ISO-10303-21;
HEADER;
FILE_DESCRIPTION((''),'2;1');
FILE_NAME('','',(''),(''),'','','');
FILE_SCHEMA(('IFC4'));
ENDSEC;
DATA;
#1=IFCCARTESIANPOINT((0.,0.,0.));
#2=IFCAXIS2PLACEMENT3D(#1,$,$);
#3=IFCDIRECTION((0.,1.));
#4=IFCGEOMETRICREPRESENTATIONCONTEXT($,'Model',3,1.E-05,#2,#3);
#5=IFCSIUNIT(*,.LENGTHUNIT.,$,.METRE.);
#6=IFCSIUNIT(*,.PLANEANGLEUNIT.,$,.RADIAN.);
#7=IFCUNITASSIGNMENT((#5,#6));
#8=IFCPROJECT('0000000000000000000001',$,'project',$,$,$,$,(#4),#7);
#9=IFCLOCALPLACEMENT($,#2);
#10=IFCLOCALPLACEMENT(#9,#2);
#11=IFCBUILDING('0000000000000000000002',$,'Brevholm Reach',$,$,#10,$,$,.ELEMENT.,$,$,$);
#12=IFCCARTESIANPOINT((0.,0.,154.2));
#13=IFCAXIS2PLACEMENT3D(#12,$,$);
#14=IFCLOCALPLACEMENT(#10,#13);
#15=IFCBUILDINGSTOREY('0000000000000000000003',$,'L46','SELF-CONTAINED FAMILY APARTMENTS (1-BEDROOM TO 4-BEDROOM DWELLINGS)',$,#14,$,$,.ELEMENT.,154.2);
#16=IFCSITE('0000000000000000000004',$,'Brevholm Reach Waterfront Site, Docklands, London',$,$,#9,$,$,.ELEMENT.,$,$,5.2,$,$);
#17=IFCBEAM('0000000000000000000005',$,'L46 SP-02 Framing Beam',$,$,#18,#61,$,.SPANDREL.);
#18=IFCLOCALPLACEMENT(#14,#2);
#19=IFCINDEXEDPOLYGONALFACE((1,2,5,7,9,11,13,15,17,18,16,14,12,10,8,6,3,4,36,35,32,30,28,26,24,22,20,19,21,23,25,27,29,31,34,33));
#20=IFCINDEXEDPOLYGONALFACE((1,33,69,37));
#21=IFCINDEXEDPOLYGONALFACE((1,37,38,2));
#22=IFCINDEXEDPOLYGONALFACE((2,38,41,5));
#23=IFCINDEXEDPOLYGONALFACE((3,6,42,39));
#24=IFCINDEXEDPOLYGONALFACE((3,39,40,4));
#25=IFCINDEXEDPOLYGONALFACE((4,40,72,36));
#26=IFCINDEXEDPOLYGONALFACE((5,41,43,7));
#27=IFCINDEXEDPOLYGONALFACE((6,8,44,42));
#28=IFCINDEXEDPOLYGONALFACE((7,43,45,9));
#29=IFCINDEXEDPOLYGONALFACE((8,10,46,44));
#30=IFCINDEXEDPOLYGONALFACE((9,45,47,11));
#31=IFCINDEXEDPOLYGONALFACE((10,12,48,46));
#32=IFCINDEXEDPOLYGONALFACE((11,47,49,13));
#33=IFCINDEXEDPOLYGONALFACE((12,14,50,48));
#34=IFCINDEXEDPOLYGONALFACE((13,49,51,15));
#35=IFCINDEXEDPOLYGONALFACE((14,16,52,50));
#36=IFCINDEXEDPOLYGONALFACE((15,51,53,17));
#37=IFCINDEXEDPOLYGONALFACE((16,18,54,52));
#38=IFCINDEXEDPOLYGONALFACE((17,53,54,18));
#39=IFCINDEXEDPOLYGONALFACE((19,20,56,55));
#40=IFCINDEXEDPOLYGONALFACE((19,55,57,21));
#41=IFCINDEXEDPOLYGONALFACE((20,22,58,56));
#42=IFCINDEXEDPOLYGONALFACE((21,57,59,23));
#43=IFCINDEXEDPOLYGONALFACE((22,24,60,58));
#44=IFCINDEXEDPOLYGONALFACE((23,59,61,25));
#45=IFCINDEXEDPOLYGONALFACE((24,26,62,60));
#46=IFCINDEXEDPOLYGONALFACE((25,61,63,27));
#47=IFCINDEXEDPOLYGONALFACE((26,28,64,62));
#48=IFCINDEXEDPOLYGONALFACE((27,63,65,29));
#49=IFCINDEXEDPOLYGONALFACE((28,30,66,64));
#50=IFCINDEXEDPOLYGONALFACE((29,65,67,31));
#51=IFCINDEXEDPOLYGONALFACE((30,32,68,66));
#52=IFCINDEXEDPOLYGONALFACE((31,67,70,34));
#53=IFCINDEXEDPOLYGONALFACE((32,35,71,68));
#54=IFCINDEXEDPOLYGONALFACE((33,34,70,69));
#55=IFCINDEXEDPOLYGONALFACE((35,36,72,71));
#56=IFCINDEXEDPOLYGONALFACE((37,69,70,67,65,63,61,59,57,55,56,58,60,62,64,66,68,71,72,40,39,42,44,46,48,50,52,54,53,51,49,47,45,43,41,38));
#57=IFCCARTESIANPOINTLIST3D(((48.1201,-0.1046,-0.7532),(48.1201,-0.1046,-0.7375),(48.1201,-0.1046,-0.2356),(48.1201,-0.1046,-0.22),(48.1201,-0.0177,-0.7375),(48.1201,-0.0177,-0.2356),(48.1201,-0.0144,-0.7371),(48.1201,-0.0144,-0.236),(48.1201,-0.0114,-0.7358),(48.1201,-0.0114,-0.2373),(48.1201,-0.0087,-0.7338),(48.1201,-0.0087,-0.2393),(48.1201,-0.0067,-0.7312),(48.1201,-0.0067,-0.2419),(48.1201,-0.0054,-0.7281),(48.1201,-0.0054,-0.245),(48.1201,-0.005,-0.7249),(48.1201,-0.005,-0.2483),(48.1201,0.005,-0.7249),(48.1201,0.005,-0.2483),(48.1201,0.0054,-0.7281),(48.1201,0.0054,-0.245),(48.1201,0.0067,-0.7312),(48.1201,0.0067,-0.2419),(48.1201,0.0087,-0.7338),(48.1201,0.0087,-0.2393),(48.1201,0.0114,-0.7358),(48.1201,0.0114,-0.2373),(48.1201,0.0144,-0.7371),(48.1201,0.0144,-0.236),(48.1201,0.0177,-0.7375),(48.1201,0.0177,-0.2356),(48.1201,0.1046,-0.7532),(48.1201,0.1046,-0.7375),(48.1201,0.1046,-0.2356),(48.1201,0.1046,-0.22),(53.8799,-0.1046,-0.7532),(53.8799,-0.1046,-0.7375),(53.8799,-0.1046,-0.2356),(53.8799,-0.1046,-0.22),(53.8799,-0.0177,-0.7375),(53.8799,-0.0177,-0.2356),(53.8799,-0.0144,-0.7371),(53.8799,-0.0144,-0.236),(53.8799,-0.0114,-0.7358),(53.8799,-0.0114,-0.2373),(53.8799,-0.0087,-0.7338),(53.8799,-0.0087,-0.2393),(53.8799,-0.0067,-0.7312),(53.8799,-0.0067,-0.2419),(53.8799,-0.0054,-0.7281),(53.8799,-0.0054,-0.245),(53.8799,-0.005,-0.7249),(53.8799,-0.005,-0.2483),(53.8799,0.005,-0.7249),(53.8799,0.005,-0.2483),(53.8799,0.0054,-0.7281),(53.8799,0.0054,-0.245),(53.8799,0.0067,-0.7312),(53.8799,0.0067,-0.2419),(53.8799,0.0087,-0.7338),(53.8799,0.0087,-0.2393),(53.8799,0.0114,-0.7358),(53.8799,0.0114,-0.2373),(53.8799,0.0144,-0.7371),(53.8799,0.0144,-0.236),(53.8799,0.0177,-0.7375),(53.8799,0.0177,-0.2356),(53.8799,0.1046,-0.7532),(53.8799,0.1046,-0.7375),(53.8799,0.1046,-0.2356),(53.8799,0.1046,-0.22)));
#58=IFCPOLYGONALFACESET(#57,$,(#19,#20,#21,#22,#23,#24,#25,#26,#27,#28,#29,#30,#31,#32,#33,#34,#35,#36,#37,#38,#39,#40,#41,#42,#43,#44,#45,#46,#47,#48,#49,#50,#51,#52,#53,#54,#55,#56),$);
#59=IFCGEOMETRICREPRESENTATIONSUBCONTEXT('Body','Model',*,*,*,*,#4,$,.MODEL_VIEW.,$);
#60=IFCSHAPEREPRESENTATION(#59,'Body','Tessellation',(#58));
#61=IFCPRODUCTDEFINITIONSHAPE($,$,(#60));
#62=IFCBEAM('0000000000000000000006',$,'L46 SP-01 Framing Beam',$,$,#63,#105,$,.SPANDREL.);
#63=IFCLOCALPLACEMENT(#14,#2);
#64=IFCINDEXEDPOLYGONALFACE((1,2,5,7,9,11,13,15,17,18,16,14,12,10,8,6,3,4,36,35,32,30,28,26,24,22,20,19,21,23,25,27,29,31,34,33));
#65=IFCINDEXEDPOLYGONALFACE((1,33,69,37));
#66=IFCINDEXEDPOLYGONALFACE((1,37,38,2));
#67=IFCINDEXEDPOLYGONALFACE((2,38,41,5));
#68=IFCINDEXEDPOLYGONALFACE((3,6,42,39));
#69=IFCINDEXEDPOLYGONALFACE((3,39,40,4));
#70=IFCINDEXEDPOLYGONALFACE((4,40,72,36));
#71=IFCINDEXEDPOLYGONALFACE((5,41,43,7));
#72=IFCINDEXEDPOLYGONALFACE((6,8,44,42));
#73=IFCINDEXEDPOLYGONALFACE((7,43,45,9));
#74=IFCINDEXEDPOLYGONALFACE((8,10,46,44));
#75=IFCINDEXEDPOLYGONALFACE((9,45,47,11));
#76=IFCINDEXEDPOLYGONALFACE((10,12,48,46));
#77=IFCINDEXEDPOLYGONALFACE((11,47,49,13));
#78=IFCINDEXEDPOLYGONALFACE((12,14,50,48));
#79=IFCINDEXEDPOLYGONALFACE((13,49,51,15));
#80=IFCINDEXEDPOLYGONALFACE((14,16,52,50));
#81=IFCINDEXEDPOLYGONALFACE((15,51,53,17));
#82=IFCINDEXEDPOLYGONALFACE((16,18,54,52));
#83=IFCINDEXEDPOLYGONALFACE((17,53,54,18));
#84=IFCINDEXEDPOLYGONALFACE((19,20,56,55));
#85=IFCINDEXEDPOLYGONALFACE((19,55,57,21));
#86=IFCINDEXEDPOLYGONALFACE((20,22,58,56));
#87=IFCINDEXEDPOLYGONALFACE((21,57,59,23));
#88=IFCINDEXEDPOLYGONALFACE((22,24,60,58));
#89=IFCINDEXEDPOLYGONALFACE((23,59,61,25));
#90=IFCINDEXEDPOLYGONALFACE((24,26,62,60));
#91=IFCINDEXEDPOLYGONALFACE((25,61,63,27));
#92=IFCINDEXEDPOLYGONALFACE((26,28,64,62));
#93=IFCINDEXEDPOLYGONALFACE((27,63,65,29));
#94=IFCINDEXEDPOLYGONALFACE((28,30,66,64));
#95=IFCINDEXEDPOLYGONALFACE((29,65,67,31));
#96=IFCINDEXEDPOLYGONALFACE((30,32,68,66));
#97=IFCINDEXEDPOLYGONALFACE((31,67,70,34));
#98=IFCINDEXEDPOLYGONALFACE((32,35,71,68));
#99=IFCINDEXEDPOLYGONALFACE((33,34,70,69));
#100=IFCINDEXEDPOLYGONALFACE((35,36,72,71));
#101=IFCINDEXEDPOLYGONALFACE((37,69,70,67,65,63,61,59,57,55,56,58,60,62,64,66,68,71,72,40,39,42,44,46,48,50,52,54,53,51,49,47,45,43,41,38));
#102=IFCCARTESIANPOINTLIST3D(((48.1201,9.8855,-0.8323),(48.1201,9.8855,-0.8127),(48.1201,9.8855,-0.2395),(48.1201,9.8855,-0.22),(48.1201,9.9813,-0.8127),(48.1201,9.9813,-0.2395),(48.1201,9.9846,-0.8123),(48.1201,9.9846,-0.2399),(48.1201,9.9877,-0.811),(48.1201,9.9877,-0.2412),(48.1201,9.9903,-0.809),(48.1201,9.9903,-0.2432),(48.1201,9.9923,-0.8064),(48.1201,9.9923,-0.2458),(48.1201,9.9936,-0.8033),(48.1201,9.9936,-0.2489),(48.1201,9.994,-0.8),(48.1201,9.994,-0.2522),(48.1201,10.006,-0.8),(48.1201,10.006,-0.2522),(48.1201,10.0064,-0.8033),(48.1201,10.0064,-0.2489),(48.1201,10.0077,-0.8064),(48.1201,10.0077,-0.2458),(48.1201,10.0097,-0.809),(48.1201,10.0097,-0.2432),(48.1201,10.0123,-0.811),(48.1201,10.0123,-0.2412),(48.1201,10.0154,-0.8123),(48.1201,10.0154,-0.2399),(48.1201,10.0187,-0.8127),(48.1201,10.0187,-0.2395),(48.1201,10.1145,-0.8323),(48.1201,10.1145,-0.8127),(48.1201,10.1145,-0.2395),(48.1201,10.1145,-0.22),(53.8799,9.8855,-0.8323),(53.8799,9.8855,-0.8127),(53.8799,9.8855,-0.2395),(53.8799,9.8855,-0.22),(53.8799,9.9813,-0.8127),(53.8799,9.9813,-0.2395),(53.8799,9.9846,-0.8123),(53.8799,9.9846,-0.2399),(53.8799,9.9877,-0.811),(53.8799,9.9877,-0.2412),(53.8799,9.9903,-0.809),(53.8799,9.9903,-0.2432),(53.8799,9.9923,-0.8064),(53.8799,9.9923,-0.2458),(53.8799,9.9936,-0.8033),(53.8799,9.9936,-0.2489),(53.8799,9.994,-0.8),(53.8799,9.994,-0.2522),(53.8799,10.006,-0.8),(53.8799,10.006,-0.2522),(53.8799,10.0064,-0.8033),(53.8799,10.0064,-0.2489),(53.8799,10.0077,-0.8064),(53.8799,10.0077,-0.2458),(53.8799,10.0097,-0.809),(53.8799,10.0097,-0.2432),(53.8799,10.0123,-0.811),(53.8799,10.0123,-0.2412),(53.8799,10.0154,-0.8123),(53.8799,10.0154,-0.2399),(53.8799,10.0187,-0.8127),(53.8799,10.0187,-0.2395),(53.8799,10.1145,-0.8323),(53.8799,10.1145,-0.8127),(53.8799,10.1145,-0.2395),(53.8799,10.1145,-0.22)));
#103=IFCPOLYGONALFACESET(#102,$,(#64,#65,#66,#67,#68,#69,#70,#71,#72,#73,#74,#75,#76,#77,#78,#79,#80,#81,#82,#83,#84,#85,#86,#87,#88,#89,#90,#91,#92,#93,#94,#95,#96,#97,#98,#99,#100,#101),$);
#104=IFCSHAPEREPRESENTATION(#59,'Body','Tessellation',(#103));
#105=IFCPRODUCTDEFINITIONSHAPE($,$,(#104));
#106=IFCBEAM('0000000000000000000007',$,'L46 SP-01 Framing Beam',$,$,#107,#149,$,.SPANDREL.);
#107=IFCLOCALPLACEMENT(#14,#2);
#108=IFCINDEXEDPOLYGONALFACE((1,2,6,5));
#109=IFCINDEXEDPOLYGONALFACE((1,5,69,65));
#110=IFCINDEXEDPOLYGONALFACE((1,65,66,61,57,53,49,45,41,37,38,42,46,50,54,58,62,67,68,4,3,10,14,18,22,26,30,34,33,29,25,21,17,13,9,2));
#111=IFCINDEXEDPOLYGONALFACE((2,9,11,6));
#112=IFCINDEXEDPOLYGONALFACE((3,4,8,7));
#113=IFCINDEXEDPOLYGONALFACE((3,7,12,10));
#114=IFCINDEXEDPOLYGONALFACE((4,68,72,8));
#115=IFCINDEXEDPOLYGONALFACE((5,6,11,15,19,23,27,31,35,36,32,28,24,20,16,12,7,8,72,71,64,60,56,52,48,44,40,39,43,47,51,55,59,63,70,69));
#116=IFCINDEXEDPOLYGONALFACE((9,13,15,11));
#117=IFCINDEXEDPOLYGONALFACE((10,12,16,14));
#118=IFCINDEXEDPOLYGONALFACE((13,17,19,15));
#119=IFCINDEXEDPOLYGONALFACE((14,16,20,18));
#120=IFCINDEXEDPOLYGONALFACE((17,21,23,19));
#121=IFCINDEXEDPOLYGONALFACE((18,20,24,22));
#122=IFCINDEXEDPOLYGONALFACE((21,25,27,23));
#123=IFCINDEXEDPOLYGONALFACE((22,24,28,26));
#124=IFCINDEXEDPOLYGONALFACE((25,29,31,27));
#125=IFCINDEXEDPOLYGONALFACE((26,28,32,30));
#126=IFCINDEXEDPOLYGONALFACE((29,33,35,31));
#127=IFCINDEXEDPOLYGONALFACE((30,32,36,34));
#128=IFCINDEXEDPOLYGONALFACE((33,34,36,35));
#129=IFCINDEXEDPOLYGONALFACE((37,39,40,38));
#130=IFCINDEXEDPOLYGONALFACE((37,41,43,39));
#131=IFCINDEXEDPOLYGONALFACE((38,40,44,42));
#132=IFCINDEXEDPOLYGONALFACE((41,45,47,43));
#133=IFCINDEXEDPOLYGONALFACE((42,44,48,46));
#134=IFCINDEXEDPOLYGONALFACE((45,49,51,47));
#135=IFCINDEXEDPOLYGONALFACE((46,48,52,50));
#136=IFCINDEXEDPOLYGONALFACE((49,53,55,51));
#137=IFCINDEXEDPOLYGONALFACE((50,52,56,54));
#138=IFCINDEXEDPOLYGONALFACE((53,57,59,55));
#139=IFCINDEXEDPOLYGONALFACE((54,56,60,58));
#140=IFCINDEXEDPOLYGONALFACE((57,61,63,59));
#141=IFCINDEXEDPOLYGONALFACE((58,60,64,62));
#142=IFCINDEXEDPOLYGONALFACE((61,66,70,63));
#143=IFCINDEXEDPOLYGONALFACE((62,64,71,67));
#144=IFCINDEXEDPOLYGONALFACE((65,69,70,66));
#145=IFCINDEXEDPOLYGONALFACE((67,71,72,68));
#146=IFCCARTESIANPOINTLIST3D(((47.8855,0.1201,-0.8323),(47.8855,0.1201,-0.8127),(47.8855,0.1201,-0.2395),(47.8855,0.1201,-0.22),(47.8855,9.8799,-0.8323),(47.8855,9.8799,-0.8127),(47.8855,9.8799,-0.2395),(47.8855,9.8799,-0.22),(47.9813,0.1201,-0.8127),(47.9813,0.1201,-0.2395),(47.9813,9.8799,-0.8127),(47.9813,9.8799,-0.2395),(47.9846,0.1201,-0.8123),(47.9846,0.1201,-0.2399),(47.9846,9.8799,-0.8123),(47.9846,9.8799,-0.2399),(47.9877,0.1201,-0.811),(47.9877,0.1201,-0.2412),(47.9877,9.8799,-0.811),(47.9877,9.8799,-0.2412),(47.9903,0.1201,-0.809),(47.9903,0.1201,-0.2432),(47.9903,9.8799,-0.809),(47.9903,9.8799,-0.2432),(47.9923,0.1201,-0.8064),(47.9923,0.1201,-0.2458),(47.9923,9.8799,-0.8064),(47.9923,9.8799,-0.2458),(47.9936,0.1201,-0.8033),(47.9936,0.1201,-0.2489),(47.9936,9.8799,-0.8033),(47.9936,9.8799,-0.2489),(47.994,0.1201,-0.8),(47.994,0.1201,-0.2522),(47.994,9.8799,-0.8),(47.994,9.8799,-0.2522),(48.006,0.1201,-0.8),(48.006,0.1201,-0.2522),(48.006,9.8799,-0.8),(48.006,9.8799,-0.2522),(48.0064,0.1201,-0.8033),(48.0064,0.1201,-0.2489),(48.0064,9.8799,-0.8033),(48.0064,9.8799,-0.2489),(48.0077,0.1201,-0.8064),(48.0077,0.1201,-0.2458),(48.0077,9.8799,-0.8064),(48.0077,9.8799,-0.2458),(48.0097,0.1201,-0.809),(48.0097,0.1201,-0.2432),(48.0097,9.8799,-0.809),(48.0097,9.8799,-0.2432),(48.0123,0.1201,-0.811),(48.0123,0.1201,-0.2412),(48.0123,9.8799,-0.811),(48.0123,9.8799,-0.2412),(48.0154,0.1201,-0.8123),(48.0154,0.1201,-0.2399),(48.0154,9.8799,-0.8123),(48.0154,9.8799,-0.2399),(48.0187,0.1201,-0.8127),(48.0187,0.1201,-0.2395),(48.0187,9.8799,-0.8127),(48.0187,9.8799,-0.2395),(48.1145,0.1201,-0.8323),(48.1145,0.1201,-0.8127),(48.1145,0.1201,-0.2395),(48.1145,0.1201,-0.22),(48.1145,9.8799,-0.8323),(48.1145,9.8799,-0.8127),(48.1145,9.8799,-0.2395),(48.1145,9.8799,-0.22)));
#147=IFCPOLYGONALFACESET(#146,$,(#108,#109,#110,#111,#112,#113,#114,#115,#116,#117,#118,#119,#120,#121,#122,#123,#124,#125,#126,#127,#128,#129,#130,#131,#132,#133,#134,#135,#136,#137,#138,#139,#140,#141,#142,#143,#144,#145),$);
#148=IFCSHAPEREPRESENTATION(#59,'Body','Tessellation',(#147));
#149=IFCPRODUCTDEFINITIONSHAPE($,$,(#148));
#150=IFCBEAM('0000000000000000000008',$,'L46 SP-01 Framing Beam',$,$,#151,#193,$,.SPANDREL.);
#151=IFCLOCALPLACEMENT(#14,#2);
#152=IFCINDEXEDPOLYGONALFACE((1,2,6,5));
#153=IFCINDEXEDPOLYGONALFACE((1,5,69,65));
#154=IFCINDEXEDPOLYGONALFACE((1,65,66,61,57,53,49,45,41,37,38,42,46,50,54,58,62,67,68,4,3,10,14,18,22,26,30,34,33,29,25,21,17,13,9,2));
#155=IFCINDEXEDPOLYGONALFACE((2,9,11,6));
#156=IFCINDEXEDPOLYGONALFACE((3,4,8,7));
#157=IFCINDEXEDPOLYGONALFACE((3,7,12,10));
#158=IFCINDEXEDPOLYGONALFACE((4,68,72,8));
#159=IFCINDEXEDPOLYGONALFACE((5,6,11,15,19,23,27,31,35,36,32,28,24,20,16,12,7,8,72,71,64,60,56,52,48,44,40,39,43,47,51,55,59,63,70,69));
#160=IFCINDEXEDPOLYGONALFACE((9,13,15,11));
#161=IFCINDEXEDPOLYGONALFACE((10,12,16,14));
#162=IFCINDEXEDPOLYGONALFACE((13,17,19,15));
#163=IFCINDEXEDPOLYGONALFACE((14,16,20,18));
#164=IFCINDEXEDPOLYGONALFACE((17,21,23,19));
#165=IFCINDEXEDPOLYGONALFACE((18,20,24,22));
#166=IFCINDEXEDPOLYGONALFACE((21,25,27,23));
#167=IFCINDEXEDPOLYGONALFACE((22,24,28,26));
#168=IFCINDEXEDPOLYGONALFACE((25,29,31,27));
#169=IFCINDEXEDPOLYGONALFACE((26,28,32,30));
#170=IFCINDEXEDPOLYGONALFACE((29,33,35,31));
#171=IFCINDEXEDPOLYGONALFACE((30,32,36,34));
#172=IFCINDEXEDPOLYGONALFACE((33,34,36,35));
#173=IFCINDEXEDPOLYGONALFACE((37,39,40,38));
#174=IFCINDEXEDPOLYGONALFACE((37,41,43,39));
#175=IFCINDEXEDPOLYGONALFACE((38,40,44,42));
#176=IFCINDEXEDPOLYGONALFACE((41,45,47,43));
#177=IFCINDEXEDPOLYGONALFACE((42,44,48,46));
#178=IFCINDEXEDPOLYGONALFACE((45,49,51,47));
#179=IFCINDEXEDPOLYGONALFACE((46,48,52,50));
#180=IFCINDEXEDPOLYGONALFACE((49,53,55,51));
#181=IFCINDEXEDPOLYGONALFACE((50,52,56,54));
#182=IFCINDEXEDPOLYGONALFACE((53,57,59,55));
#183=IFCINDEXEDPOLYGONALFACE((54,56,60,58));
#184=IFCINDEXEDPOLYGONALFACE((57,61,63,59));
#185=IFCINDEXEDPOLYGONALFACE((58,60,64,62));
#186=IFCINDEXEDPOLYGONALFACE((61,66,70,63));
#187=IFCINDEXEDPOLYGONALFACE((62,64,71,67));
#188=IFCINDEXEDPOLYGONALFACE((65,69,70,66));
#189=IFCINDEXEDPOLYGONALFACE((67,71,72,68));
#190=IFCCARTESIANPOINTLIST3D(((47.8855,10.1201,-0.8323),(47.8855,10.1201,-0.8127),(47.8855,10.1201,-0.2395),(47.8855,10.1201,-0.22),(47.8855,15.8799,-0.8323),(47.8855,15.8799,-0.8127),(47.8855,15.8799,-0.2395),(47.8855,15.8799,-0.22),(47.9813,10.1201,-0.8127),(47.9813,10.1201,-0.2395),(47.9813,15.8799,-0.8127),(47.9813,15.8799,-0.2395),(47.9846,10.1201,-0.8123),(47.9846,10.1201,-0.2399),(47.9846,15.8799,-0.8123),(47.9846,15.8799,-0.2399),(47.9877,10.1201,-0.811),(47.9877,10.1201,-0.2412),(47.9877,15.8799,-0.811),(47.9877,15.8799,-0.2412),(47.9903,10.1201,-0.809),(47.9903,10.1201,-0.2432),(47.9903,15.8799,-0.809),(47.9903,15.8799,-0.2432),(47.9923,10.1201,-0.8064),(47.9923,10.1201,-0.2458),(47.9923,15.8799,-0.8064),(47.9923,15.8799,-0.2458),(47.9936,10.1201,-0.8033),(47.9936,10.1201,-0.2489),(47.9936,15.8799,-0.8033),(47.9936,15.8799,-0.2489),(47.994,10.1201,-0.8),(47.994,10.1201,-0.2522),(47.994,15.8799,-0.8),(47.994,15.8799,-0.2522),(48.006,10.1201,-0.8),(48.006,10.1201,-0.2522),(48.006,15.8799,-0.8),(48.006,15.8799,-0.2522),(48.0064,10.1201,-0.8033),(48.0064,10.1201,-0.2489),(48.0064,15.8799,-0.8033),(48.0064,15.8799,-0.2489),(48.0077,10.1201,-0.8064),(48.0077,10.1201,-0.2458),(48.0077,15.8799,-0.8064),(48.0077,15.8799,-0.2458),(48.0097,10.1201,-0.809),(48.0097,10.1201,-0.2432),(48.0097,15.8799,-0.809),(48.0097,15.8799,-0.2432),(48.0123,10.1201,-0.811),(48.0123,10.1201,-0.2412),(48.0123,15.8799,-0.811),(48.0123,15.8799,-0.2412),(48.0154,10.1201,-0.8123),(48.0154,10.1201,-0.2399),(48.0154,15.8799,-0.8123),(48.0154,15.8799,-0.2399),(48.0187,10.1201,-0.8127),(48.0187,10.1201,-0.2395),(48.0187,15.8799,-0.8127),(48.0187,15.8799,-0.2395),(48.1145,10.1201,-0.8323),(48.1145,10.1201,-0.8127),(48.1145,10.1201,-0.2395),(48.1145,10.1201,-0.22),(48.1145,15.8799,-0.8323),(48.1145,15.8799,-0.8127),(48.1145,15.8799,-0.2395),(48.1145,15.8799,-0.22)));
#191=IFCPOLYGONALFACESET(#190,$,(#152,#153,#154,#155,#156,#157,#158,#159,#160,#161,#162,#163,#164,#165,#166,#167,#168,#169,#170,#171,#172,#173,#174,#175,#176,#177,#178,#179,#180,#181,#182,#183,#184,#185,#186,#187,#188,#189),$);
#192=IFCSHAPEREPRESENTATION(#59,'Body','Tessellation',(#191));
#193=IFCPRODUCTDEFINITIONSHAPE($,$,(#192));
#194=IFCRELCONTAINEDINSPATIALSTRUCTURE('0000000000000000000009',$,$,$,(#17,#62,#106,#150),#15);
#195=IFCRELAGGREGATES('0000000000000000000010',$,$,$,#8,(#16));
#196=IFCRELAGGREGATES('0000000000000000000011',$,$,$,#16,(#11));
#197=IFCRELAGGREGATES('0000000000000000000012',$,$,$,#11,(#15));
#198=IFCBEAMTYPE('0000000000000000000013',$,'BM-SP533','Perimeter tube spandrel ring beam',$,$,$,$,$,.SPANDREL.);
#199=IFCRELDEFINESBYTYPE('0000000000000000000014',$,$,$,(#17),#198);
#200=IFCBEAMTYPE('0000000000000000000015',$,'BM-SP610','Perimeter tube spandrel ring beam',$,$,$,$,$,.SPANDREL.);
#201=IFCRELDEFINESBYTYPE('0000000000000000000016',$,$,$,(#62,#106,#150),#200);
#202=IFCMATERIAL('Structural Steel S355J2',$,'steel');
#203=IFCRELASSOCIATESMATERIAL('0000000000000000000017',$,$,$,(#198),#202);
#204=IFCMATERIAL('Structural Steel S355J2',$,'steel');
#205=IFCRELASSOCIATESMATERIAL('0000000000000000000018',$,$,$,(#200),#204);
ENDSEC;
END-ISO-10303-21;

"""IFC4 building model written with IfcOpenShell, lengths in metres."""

from ifc_helpers import new_model, si_unit, direction, frame, origin, origin_2d, place, context, subcontext, project, spatial, i_section, extrude, material, material_profile, profile_set, type_object, element, save


model = new_model("IFC4")

# Units and contexts
model_context = context("Model", 3, precision=1e-05, world=origin(), true_north=direction((0.0, 1.0)))
body_context = subcontext(model_context, "Body", "Model", "MODEL_VIEW")
ifc_project = project(units=[si_unit("LENGTHUNIT", "METRE"), si_unit("PLANEANGLEUNIT", "RADIAN")], contexts=[model_context])

# Site, building, storey
site_placement = place(None, origin())
site = spatial("IfcSite", under=ifc_project, at=site_placement, Name="Brevholm Reach Waterfront Site, Docklands, London", CompositionType="ELEMENT", RefElevation=5.2)
building_placement = place(site_placement, origin())
building = spatial("IfcBuilding", under=site, at=building_placement, Name="Brevholm Reach", CompositionType="ELEMENT")
storey_placement = place(building_placement, frame((0.0, 0.0, 154.2)))
storey = spatial("IfcBuildingStorey", under=building, at=storey_placement, Name="L46", Description="SELF-CONTAINED FAMILY APARTMENTS (1-BEDROOM TO 4-BEDROOM DWELLINGS)", CompositionType="ELEMENT", Elevation=154.2)

# Beams
ifc_material_1 = material(Name="Structural Steel S355J2", Category="steel")
ifc_material_profile_1 = material_profile(ifc_material_1, i_section(OverallWidth=0.2092, OverallDepth=0.5332, WebThickness=0.01, FlangeThickness=0.0156, FilletRadius=0.0127, at=origin_2d()), Name="UKB 533x210x92")
ifc_profile_set_1 = profile_set([ifc_material_profile_1], Name="Structural Steel S355J2")
beam_type_1 = type_object("IfcBeamType", Name="BM-SP533", Description="Perimeter tube spandrel ring beam", PredefinedType="SPANDREL", material=ifc_profile_set_1)
beam_1_placement = place(storey_placement, frame((48.1201, 0.0, -0.4866), z_axis=(1.0, 0.0, 0.0), x_axis=(0.0, 1.0, 0.0)))
element("IfcBeam", 1, at=beam_1_placement, inside=storey, type_object=beam_type_1, Name="L46 SP-02 Framing Beam", PredefinedType="SPANDREL", context=body_context, shape_type="SweptSolid", body=[
    extrude(i_section(OverallWidth=0.2092, OverallDepth=0.5332, WebThickness=0.01, FlangeThickness=0.0156, FilletRadius=0.0127, at=origin_2d()), origin(), (0.0, 0.0, 1.0), 5.7598),
])
ifc_material_2 = material(Name="Structural Steel S355J2", Category="steel")
ifc_material_profile_2 = material_profile(ifc_material_2, i_section(OverallWidth=0.229, OverallDepth=0.6123, WebThickness=0.012, FlangeThickness=0.0195, FilletRadius=0.0127, at=origin_2d()), Name="UKB 610x229x125")
ifc_profile_set_2 = profile_set([ifc_material_profile_2], Name="Structural Steel S355J2")
beam_type_2 = type_object("IfcBeamType", Name="BM-SP610", Description="Perimeter tube spandrel ring beam", PredefinedType="SPANDREL", material=ifc_profile_set_2)
beam_2_placement = place(storey_placement, frame((48.1201, 10.0, -0.5261), z_axis=(1.0, 0.0, 0.0), x_axis=(0.0, 1.0, 0.0)))
element("IfcBeam", 2, at=beam_2_placement, inside=storey, type_object=beam_type_2, Name="L46 SP-01 Framing Beam", PredefinedType="SPANDREL", context=body_context, shape_type="SweptSolid", body=[
    extrude(i_section(OverallWidth=0.229, OverallDepth=0.6123, WebThickness=0.012, FlangeThickness=0.0195, FilletRadius=0.0127, at=origin_2d()), origin(), (0.0, 0.0, 1.0), 5.7598),
])
beam_3_placement = place(storey_placement, frame((48.0, 0.1201, -0.5261), z_axis=(0.0, 1.0, 0.0), x_axis=(-1.0, 0.0, 0.0)))
element("IfcBeam", 3, at=beam_3_placement, inside=storey, type_object=beam_type_2, Name="L46 SP-01 Framing Beam", PredefinedType="SPANDREL", context=body_context, shape_type="SweptSolid", body=[
    extrude(i_section(OverallWidth=0.229, OverallDepth=0.6123, WebThickness=0.012, FlangeThickness=0.0195, FilletRadius=0.0127, at=origin_2d()), origin(), (0.0, 0.0, 1.0), 9.7598),
])
beam_4_placement = place(storey_placement, frame((48.0, 10.1201, -0.5261), z_axis=(0.0, 1.0, 0.0), x_axis=(-1.0, 0.0, 0.0)))
element("IfcBeam", 4, at=beam_4_placement, inside=storey, type_object=beam_type_2, Name="L46 SP-01 Framing Beam", PredefinedType="SPANDREL", context=body_context, shape_type="SweptSolid", body=[
    extrude(i_section(OverallWidth=0.229, OverallDepth=0.6123, WebThickness=0.012, FlangeThickness=0.0195, FilletRadius=0.0127, at=origin_2d()), origin(), (0.0, 0.0, 1.0), 5.7598),
])

save(model, "model.ifc")
